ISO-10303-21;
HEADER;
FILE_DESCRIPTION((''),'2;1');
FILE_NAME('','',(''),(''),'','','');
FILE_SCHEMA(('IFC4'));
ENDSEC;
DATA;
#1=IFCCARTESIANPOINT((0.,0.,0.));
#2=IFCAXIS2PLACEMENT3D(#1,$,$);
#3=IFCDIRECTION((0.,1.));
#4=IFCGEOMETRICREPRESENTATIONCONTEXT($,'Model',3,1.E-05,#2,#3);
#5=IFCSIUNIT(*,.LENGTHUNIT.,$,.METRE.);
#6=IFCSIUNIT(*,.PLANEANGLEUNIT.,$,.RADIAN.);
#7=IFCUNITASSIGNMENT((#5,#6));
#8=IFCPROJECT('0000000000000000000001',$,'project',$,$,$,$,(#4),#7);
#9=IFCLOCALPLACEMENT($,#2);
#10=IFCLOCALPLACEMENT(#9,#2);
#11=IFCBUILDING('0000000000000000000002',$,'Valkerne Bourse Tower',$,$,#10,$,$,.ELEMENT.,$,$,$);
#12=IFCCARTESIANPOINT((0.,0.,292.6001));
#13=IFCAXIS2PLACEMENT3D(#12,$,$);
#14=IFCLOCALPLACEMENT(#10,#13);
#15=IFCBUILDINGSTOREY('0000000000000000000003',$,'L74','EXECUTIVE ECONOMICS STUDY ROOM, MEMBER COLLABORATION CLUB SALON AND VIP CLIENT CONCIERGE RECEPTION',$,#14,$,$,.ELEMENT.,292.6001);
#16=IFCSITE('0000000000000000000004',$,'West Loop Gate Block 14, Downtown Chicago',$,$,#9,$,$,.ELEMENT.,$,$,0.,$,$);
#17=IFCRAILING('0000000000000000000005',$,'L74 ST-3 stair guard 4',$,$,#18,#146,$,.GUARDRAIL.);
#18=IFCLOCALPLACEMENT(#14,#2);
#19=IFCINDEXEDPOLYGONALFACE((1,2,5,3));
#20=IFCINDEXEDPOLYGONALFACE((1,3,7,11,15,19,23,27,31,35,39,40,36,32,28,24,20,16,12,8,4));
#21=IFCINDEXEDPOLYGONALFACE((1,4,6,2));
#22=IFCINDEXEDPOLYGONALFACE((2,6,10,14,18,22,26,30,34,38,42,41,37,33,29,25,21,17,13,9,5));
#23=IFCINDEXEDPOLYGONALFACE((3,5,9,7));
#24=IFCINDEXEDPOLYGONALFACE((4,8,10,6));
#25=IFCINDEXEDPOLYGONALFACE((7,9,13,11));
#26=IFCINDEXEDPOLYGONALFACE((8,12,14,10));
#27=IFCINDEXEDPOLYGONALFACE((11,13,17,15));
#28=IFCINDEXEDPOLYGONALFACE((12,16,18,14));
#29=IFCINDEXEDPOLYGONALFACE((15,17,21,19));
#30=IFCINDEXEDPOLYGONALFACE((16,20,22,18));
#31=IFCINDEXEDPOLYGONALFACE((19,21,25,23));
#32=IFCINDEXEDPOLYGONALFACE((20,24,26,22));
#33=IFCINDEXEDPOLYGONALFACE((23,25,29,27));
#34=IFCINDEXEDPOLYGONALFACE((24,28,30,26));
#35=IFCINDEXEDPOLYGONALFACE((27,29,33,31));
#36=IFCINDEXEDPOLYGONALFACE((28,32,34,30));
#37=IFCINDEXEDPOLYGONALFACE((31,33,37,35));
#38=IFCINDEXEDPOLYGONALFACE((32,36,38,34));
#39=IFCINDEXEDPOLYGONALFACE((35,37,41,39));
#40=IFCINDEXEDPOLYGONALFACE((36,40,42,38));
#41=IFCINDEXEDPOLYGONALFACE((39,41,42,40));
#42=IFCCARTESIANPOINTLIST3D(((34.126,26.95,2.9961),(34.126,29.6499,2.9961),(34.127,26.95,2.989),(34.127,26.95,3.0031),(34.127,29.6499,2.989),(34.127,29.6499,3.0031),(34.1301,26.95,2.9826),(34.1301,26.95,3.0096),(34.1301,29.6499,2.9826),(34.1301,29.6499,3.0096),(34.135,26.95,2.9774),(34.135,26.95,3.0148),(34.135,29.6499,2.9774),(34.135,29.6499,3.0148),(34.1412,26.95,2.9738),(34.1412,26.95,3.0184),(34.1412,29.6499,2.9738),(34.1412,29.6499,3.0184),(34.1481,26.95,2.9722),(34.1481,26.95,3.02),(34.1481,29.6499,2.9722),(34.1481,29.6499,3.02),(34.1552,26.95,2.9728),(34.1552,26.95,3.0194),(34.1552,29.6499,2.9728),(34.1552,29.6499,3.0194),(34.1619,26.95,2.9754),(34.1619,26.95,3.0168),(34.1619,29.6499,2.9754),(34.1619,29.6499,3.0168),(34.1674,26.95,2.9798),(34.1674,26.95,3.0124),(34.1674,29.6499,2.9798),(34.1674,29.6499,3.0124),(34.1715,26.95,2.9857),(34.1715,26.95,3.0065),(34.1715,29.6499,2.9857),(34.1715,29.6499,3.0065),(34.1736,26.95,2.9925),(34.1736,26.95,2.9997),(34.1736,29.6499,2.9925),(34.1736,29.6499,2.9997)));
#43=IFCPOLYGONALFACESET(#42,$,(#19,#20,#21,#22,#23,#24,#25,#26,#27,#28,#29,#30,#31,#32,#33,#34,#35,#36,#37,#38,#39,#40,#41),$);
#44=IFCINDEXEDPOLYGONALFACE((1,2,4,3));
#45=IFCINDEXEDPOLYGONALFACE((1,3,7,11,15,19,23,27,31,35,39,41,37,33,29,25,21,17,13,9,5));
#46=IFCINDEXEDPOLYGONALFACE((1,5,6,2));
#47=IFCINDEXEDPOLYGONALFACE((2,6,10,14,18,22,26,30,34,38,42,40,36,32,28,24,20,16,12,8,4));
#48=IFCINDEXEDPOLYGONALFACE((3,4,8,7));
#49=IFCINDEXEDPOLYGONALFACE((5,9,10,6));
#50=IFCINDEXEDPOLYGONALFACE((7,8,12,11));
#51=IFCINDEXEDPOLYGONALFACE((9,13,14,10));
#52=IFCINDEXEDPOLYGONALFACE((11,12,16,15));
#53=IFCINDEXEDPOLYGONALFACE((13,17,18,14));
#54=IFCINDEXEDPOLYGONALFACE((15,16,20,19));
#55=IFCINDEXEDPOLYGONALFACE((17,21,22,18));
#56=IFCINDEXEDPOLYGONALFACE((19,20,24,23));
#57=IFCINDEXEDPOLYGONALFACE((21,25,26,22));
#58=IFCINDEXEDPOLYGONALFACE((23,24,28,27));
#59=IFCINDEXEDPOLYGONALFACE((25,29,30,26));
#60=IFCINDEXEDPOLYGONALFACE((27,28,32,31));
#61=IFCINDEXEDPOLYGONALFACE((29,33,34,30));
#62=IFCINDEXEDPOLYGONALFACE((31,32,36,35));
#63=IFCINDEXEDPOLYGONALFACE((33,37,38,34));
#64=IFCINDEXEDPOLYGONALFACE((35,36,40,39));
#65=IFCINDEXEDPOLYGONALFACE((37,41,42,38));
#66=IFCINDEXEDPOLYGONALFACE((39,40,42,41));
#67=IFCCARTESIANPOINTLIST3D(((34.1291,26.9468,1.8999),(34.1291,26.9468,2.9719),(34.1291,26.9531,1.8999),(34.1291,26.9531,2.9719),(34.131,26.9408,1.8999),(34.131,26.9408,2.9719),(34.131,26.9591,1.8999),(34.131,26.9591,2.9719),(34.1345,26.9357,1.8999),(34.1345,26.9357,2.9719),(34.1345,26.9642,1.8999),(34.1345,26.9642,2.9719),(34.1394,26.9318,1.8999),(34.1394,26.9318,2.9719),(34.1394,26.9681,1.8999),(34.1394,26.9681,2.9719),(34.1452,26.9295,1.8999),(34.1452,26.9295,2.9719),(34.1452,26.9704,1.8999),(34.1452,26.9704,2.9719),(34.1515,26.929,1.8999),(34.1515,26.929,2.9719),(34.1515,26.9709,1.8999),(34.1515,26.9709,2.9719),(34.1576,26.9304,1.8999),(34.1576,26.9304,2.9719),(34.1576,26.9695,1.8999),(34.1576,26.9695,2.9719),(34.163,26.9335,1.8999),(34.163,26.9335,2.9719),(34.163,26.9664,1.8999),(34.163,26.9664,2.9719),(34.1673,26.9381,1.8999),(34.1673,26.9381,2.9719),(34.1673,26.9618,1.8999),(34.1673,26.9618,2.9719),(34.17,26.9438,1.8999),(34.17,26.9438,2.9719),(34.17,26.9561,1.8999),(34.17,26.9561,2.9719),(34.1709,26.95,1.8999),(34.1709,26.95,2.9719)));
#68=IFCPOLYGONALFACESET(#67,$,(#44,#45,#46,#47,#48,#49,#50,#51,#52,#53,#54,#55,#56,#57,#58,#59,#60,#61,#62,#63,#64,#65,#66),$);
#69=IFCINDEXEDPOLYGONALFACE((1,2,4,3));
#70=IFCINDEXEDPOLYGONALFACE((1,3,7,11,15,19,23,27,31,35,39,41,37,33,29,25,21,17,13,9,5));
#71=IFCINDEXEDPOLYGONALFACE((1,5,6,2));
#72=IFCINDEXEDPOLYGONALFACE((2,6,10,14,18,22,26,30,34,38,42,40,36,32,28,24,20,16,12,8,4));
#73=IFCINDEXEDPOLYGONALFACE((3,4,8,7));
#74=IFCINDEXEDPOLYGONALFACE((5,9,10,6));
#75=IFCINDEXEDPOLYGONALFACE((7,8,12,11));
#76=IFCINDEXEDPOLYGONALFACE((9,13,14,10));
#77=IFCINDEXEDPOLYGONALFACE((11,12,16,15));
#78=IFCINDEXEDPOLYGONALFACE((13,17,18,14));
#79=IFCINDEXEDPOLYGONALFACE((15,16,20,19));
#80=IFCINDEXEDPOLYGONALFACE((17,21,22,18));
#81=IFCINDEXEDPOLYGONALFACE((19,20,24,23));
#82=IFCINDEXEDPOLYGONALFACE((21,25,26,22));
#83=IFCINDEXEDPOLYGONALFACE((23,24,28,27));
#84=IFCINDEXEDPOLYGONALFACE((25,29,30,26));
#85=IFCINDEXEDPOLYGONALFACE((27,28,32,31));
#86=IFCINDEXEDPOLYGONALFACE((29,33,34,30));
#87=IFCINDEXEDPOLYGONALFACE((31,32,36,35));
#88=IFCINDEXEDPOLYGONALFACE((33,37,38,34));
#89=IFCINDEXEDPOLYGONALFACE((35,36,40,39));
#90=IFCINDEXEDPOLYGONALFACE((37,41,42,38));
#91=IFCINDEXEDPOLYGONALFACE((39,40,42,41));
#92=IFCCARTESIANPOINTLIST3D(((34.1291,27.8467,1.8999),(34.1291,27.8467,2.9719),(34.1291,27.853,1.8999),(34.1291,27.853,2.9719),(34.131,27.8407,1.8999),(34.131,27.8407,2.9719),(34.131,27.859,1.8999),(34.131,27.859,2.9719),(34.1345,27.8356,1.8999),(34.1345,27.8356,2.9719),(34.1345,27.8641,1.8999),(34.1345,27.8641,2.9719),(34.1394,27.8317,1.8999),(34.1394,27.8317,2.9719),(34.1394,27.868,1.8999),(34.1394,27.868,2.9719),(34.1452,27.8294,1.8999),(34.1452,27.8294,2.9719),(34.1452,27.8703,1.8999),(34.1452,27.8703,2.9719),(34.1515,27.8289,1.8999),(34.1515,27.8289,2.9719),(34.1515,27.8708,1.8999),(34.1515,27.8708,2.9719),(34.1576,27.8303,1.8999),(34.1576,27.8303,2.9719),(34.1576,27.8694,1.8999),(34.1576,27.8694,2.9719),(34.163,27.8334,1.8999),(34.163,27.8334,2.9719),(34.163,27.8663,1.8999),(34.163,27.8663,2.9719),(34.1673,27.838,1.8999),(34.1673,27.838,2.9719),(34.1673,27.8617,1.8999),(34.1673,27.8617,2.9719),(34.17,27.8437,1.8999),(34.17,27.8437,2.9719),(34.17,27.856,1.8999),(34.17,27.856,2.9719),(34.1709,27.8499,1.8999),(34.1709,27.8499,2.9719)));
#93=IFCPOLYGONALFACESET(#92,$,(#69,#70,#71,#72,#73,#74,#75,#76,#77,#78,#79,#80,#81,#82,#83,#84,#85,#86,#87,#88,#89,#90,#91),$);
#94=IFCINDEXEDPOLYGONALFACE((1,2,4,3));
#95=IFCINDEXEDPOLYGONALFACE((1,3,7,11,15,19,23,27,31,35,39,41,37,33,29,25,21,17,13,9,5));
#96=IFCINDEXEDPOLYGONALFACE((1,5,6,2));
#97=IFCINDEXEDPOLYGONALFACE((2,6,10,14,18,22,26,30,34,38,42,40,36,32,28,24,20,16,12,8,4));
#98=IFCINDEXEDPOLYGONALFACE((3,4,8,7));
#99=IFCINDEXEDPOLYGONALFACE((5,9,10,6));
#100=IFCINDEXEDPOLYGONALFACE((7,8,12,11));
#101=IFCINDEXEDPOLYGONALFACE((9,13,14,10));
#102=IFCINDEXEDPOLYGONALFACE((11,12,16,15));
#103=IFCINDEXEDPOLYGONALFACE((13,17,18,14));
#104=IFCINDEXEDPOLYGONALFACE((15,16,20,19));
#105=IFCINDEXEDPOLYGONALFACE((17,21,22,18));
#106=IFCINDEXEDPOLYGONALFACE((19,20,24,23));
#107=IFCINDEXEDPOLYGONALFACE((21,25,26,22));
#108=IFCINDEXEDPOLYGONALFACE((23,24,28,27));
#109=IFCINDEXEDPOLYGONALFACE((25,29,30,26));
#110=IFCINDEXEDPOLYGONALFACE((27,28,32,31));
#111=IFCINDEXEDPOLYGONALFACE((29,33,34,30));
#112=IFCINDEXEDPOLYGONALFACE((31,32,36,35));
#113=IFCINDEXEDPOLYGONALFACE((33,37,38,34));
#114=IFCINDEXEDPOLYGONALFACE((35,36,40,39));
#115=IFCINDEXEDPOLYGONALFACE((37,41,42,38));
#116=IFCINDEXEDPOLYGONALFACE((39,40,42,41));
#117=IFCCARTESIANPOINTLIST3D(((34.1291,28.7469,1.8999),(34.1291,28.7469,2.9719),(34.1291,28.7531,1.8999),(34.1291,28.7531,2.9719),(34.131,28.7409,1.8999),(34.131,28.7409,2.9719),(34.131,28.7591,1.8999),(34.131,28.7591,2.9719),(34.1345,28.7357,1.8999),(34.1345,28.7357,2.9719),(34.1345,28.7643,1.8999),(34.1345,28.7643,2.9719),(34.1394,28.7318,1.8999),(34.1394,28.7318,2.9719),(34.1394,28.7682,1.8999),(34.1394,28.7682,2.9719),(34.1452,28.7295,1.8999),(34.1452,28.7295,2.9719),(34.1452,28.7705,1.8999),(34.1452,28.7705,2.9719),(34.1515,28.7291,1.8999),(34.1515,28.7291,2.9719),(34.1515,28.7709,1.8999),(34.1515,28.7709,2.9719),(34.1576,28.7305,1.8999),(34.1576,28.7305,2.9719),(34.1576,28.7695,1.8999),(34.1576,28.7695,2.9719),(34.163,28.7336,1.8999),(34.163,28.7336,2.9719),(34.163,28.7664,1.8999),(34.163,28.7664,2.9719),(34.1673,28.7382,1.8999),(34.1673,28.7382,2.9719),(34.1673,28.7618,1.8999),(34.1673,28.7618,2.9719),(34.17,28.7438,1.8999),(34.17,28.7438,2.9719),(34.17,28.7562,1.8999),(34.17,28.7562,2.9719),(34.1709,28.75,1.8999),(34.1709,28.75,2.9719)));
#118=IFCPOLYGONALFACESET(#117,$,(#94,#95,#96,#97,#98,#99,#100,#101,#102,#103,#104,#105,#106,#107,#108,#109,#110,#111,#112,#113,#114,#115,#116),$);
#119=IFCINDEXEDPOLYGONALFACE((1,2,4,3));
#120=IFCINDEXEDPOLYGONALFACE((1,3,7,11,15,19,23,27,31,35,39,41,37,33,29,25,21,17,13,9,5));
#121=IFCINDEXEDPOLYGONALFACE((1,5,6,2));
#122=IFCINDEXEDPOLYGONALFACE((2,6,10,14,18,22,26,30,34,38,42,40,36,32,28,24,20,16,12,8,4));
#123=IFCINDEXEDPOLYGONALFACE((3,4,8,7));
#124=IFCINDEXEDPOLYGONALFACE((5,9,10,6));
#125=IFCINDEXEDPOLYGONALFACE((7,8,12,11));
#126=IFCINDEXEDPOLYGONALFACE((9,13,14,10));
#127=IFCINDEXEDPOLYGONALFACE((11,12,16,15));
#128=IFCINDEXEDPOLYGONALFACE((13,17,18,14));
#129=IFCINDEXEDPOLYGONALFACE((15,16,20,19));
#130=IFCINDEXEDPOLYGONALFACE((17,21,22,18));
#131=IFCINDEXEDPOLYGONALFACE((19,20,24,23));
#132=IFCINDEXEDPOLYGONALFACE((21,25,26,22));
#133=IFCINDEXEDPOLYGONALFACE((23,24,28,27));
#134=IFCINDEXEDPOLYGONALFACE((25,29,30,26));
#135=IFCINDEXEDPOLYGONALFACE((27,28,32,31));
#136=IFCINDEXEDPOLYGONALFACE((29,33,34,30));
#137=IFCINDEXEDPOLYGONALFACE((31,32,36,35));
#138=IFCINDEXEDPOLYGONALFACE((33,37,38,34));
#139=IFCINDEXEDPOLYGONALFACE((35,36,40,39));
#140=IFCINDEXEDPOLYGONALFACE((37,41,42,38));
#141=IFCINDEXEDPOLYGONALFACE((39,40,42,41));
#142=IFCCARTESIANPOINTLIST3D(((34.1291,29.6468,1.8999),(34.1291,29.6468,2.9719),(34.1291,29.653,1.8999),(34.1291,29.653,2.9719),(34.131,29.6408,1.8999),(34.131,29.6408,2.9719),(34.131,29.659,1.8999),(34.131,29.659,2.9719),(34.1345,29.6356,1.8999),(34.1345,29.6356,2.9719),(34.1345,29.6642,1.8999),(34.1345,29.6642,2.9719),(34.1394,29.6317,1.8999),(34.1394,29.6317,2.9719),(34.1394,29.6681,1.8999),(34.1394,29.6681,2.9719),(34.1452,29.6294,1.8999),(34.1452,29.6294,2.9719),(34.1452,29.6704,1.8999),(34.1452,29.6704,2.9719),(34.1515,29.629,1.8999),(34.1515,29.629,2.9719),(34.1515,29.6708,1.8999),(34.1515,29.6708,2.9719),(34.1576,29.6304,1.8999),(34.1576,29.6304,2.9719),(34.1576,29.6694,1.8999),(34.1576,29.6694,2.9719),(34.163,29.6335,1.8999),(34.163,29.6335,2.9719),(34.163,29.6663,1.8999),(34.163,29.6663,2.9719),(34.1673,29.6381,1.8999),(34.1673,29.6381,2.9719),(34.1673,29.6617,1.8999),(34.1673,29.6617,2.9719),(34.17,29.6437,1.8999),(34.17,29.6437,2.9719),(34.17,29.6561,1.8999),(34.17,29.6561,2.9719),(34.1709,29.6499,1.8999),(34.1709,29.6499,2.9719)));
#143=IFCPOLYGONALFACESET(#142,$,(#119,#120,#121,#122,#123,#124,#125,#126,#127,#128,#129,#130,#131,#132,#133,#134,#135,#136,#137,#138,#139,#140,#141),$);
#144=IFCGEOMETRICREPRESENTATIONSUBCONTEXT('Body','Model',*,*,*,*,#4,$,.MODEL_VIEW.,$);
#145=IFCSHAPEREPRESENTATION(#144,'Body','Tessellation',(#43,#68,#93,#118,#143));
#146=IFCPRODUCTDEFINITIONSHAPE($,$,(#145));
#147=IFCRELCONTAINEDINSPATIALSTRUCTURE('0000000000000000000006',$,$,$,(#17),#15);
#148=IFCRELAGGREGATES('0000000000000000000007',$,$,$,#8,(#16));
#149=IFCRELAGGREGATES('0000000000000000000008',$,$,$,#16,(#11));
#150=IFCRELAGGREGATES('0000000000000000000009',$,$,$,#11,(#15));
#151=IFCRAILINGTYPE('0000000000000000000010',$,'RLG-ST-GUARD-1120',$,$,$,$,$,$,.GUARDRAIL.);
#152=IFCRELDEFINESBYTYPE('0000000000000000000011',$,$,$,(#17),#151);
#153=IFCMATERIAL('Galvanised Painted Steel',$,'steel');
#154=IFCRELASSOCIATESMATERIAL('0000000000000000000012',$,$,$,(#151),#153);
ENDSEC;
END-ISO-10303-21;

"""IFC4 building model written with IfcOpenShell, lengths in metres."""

from ifc_helpers import new_model, si_unit, direction, frame, origin, origin_2d, place, context, subcontext, project, spatial, circle, extrude, material, type_object, element, save


model = new_model("IFC4")

# Units and contexts
model_context = context("Model", 3, precision=1e-05, world=origin(), true_north=direction((0.0, 1.0)))
body_context = subcontext(model_context, "Body", "Model", "MODEL_VIEW")
ifc_project = project(units=[si_unit("LENGTHUNIT", "METRE"), si_unit("PLANEANGLEUNIT", "RADIAN")], contexts=[model_context])

# Site, building, storey
site_placement = place(None, origin())
site = spatial("IfcSite", under=ifc_project, at=site_placement, Name="West Loop Gate Block 14, Downtown Chicago", CompositionType="ELEMENT", RefElevation=0.0)
building_placement = place(site_placement, origin())
building = spatial("IfcBuilding", under=site, at=building_placement, Name="Valkerne Bourse Tower", CompositionType="ELEMENT")
storey_placement = place(building_placement, frame((0.0, 0.0, 292.6001)))
storey = spatial("IfcBuildingStorey", under=building, at=storey_placement, Name="L74", Description="EXECUTIVE ECONOMICS STUDY ROOM, MEMBER COLLABORATION CLUB SALON AND VIP CLIENT CONCIERGE RECEPTION", CompositionType="ELEMENT", Elevation=292.6001)

# Railing
ifc_material_1 = material(Name="Galvanised Painted Steel", Category="steel")
railing_type_1 = type_object("IfcRailingType", Name="RLG-ST-GUARD-1120", PredefinedType="GUARDRAIL", material=ifc_material_1)
for number, where, name in (
    (1, (34.1499, 26.95, 1.8999), "L74 ST-3 stair guard 4"),
):
    element("IfcRailing", number, at=place(storey_placement, frame(where)), inside=storey, type_object=railing_type_1, Name=name, PredefinedType="GUARDRAIL", context=body_context, shape_type="SweptSolid", body=[
        extrude(circle(Radius=0.0239, at=origin_2d()), frame((0.0, 0.0, 1.0962), z_axis=(0.0, 1.0, 0.0), x_axis=(-1.0, 0.0, 0.0)), (0.0, 0.0, 1.0), 2.7),
        extrude(circle(Radius=0.021, at=origin_2d()), origin(), (0.0, 0.0, 1.0), 1.072),
        extrude(circle(Radius=0.021, at=origin_2d()), frame((0.0, 0.8999, 0.0)), (0.0, 0.0, 1.0), 1.072),
        extrude(circle(Radius=0.021, at=origin_2d()), frame((0.0, 1.8, 0.0)), (0.0, 0.0, 1.0), 1.072),
        extrude(circle(Radius=0.021, at=origin_2d()), frame((0.0, 2.7, 0.0)), (0.0, 0.0, 1.0), 1.072),
    ])

save(model, "model.ifc")
